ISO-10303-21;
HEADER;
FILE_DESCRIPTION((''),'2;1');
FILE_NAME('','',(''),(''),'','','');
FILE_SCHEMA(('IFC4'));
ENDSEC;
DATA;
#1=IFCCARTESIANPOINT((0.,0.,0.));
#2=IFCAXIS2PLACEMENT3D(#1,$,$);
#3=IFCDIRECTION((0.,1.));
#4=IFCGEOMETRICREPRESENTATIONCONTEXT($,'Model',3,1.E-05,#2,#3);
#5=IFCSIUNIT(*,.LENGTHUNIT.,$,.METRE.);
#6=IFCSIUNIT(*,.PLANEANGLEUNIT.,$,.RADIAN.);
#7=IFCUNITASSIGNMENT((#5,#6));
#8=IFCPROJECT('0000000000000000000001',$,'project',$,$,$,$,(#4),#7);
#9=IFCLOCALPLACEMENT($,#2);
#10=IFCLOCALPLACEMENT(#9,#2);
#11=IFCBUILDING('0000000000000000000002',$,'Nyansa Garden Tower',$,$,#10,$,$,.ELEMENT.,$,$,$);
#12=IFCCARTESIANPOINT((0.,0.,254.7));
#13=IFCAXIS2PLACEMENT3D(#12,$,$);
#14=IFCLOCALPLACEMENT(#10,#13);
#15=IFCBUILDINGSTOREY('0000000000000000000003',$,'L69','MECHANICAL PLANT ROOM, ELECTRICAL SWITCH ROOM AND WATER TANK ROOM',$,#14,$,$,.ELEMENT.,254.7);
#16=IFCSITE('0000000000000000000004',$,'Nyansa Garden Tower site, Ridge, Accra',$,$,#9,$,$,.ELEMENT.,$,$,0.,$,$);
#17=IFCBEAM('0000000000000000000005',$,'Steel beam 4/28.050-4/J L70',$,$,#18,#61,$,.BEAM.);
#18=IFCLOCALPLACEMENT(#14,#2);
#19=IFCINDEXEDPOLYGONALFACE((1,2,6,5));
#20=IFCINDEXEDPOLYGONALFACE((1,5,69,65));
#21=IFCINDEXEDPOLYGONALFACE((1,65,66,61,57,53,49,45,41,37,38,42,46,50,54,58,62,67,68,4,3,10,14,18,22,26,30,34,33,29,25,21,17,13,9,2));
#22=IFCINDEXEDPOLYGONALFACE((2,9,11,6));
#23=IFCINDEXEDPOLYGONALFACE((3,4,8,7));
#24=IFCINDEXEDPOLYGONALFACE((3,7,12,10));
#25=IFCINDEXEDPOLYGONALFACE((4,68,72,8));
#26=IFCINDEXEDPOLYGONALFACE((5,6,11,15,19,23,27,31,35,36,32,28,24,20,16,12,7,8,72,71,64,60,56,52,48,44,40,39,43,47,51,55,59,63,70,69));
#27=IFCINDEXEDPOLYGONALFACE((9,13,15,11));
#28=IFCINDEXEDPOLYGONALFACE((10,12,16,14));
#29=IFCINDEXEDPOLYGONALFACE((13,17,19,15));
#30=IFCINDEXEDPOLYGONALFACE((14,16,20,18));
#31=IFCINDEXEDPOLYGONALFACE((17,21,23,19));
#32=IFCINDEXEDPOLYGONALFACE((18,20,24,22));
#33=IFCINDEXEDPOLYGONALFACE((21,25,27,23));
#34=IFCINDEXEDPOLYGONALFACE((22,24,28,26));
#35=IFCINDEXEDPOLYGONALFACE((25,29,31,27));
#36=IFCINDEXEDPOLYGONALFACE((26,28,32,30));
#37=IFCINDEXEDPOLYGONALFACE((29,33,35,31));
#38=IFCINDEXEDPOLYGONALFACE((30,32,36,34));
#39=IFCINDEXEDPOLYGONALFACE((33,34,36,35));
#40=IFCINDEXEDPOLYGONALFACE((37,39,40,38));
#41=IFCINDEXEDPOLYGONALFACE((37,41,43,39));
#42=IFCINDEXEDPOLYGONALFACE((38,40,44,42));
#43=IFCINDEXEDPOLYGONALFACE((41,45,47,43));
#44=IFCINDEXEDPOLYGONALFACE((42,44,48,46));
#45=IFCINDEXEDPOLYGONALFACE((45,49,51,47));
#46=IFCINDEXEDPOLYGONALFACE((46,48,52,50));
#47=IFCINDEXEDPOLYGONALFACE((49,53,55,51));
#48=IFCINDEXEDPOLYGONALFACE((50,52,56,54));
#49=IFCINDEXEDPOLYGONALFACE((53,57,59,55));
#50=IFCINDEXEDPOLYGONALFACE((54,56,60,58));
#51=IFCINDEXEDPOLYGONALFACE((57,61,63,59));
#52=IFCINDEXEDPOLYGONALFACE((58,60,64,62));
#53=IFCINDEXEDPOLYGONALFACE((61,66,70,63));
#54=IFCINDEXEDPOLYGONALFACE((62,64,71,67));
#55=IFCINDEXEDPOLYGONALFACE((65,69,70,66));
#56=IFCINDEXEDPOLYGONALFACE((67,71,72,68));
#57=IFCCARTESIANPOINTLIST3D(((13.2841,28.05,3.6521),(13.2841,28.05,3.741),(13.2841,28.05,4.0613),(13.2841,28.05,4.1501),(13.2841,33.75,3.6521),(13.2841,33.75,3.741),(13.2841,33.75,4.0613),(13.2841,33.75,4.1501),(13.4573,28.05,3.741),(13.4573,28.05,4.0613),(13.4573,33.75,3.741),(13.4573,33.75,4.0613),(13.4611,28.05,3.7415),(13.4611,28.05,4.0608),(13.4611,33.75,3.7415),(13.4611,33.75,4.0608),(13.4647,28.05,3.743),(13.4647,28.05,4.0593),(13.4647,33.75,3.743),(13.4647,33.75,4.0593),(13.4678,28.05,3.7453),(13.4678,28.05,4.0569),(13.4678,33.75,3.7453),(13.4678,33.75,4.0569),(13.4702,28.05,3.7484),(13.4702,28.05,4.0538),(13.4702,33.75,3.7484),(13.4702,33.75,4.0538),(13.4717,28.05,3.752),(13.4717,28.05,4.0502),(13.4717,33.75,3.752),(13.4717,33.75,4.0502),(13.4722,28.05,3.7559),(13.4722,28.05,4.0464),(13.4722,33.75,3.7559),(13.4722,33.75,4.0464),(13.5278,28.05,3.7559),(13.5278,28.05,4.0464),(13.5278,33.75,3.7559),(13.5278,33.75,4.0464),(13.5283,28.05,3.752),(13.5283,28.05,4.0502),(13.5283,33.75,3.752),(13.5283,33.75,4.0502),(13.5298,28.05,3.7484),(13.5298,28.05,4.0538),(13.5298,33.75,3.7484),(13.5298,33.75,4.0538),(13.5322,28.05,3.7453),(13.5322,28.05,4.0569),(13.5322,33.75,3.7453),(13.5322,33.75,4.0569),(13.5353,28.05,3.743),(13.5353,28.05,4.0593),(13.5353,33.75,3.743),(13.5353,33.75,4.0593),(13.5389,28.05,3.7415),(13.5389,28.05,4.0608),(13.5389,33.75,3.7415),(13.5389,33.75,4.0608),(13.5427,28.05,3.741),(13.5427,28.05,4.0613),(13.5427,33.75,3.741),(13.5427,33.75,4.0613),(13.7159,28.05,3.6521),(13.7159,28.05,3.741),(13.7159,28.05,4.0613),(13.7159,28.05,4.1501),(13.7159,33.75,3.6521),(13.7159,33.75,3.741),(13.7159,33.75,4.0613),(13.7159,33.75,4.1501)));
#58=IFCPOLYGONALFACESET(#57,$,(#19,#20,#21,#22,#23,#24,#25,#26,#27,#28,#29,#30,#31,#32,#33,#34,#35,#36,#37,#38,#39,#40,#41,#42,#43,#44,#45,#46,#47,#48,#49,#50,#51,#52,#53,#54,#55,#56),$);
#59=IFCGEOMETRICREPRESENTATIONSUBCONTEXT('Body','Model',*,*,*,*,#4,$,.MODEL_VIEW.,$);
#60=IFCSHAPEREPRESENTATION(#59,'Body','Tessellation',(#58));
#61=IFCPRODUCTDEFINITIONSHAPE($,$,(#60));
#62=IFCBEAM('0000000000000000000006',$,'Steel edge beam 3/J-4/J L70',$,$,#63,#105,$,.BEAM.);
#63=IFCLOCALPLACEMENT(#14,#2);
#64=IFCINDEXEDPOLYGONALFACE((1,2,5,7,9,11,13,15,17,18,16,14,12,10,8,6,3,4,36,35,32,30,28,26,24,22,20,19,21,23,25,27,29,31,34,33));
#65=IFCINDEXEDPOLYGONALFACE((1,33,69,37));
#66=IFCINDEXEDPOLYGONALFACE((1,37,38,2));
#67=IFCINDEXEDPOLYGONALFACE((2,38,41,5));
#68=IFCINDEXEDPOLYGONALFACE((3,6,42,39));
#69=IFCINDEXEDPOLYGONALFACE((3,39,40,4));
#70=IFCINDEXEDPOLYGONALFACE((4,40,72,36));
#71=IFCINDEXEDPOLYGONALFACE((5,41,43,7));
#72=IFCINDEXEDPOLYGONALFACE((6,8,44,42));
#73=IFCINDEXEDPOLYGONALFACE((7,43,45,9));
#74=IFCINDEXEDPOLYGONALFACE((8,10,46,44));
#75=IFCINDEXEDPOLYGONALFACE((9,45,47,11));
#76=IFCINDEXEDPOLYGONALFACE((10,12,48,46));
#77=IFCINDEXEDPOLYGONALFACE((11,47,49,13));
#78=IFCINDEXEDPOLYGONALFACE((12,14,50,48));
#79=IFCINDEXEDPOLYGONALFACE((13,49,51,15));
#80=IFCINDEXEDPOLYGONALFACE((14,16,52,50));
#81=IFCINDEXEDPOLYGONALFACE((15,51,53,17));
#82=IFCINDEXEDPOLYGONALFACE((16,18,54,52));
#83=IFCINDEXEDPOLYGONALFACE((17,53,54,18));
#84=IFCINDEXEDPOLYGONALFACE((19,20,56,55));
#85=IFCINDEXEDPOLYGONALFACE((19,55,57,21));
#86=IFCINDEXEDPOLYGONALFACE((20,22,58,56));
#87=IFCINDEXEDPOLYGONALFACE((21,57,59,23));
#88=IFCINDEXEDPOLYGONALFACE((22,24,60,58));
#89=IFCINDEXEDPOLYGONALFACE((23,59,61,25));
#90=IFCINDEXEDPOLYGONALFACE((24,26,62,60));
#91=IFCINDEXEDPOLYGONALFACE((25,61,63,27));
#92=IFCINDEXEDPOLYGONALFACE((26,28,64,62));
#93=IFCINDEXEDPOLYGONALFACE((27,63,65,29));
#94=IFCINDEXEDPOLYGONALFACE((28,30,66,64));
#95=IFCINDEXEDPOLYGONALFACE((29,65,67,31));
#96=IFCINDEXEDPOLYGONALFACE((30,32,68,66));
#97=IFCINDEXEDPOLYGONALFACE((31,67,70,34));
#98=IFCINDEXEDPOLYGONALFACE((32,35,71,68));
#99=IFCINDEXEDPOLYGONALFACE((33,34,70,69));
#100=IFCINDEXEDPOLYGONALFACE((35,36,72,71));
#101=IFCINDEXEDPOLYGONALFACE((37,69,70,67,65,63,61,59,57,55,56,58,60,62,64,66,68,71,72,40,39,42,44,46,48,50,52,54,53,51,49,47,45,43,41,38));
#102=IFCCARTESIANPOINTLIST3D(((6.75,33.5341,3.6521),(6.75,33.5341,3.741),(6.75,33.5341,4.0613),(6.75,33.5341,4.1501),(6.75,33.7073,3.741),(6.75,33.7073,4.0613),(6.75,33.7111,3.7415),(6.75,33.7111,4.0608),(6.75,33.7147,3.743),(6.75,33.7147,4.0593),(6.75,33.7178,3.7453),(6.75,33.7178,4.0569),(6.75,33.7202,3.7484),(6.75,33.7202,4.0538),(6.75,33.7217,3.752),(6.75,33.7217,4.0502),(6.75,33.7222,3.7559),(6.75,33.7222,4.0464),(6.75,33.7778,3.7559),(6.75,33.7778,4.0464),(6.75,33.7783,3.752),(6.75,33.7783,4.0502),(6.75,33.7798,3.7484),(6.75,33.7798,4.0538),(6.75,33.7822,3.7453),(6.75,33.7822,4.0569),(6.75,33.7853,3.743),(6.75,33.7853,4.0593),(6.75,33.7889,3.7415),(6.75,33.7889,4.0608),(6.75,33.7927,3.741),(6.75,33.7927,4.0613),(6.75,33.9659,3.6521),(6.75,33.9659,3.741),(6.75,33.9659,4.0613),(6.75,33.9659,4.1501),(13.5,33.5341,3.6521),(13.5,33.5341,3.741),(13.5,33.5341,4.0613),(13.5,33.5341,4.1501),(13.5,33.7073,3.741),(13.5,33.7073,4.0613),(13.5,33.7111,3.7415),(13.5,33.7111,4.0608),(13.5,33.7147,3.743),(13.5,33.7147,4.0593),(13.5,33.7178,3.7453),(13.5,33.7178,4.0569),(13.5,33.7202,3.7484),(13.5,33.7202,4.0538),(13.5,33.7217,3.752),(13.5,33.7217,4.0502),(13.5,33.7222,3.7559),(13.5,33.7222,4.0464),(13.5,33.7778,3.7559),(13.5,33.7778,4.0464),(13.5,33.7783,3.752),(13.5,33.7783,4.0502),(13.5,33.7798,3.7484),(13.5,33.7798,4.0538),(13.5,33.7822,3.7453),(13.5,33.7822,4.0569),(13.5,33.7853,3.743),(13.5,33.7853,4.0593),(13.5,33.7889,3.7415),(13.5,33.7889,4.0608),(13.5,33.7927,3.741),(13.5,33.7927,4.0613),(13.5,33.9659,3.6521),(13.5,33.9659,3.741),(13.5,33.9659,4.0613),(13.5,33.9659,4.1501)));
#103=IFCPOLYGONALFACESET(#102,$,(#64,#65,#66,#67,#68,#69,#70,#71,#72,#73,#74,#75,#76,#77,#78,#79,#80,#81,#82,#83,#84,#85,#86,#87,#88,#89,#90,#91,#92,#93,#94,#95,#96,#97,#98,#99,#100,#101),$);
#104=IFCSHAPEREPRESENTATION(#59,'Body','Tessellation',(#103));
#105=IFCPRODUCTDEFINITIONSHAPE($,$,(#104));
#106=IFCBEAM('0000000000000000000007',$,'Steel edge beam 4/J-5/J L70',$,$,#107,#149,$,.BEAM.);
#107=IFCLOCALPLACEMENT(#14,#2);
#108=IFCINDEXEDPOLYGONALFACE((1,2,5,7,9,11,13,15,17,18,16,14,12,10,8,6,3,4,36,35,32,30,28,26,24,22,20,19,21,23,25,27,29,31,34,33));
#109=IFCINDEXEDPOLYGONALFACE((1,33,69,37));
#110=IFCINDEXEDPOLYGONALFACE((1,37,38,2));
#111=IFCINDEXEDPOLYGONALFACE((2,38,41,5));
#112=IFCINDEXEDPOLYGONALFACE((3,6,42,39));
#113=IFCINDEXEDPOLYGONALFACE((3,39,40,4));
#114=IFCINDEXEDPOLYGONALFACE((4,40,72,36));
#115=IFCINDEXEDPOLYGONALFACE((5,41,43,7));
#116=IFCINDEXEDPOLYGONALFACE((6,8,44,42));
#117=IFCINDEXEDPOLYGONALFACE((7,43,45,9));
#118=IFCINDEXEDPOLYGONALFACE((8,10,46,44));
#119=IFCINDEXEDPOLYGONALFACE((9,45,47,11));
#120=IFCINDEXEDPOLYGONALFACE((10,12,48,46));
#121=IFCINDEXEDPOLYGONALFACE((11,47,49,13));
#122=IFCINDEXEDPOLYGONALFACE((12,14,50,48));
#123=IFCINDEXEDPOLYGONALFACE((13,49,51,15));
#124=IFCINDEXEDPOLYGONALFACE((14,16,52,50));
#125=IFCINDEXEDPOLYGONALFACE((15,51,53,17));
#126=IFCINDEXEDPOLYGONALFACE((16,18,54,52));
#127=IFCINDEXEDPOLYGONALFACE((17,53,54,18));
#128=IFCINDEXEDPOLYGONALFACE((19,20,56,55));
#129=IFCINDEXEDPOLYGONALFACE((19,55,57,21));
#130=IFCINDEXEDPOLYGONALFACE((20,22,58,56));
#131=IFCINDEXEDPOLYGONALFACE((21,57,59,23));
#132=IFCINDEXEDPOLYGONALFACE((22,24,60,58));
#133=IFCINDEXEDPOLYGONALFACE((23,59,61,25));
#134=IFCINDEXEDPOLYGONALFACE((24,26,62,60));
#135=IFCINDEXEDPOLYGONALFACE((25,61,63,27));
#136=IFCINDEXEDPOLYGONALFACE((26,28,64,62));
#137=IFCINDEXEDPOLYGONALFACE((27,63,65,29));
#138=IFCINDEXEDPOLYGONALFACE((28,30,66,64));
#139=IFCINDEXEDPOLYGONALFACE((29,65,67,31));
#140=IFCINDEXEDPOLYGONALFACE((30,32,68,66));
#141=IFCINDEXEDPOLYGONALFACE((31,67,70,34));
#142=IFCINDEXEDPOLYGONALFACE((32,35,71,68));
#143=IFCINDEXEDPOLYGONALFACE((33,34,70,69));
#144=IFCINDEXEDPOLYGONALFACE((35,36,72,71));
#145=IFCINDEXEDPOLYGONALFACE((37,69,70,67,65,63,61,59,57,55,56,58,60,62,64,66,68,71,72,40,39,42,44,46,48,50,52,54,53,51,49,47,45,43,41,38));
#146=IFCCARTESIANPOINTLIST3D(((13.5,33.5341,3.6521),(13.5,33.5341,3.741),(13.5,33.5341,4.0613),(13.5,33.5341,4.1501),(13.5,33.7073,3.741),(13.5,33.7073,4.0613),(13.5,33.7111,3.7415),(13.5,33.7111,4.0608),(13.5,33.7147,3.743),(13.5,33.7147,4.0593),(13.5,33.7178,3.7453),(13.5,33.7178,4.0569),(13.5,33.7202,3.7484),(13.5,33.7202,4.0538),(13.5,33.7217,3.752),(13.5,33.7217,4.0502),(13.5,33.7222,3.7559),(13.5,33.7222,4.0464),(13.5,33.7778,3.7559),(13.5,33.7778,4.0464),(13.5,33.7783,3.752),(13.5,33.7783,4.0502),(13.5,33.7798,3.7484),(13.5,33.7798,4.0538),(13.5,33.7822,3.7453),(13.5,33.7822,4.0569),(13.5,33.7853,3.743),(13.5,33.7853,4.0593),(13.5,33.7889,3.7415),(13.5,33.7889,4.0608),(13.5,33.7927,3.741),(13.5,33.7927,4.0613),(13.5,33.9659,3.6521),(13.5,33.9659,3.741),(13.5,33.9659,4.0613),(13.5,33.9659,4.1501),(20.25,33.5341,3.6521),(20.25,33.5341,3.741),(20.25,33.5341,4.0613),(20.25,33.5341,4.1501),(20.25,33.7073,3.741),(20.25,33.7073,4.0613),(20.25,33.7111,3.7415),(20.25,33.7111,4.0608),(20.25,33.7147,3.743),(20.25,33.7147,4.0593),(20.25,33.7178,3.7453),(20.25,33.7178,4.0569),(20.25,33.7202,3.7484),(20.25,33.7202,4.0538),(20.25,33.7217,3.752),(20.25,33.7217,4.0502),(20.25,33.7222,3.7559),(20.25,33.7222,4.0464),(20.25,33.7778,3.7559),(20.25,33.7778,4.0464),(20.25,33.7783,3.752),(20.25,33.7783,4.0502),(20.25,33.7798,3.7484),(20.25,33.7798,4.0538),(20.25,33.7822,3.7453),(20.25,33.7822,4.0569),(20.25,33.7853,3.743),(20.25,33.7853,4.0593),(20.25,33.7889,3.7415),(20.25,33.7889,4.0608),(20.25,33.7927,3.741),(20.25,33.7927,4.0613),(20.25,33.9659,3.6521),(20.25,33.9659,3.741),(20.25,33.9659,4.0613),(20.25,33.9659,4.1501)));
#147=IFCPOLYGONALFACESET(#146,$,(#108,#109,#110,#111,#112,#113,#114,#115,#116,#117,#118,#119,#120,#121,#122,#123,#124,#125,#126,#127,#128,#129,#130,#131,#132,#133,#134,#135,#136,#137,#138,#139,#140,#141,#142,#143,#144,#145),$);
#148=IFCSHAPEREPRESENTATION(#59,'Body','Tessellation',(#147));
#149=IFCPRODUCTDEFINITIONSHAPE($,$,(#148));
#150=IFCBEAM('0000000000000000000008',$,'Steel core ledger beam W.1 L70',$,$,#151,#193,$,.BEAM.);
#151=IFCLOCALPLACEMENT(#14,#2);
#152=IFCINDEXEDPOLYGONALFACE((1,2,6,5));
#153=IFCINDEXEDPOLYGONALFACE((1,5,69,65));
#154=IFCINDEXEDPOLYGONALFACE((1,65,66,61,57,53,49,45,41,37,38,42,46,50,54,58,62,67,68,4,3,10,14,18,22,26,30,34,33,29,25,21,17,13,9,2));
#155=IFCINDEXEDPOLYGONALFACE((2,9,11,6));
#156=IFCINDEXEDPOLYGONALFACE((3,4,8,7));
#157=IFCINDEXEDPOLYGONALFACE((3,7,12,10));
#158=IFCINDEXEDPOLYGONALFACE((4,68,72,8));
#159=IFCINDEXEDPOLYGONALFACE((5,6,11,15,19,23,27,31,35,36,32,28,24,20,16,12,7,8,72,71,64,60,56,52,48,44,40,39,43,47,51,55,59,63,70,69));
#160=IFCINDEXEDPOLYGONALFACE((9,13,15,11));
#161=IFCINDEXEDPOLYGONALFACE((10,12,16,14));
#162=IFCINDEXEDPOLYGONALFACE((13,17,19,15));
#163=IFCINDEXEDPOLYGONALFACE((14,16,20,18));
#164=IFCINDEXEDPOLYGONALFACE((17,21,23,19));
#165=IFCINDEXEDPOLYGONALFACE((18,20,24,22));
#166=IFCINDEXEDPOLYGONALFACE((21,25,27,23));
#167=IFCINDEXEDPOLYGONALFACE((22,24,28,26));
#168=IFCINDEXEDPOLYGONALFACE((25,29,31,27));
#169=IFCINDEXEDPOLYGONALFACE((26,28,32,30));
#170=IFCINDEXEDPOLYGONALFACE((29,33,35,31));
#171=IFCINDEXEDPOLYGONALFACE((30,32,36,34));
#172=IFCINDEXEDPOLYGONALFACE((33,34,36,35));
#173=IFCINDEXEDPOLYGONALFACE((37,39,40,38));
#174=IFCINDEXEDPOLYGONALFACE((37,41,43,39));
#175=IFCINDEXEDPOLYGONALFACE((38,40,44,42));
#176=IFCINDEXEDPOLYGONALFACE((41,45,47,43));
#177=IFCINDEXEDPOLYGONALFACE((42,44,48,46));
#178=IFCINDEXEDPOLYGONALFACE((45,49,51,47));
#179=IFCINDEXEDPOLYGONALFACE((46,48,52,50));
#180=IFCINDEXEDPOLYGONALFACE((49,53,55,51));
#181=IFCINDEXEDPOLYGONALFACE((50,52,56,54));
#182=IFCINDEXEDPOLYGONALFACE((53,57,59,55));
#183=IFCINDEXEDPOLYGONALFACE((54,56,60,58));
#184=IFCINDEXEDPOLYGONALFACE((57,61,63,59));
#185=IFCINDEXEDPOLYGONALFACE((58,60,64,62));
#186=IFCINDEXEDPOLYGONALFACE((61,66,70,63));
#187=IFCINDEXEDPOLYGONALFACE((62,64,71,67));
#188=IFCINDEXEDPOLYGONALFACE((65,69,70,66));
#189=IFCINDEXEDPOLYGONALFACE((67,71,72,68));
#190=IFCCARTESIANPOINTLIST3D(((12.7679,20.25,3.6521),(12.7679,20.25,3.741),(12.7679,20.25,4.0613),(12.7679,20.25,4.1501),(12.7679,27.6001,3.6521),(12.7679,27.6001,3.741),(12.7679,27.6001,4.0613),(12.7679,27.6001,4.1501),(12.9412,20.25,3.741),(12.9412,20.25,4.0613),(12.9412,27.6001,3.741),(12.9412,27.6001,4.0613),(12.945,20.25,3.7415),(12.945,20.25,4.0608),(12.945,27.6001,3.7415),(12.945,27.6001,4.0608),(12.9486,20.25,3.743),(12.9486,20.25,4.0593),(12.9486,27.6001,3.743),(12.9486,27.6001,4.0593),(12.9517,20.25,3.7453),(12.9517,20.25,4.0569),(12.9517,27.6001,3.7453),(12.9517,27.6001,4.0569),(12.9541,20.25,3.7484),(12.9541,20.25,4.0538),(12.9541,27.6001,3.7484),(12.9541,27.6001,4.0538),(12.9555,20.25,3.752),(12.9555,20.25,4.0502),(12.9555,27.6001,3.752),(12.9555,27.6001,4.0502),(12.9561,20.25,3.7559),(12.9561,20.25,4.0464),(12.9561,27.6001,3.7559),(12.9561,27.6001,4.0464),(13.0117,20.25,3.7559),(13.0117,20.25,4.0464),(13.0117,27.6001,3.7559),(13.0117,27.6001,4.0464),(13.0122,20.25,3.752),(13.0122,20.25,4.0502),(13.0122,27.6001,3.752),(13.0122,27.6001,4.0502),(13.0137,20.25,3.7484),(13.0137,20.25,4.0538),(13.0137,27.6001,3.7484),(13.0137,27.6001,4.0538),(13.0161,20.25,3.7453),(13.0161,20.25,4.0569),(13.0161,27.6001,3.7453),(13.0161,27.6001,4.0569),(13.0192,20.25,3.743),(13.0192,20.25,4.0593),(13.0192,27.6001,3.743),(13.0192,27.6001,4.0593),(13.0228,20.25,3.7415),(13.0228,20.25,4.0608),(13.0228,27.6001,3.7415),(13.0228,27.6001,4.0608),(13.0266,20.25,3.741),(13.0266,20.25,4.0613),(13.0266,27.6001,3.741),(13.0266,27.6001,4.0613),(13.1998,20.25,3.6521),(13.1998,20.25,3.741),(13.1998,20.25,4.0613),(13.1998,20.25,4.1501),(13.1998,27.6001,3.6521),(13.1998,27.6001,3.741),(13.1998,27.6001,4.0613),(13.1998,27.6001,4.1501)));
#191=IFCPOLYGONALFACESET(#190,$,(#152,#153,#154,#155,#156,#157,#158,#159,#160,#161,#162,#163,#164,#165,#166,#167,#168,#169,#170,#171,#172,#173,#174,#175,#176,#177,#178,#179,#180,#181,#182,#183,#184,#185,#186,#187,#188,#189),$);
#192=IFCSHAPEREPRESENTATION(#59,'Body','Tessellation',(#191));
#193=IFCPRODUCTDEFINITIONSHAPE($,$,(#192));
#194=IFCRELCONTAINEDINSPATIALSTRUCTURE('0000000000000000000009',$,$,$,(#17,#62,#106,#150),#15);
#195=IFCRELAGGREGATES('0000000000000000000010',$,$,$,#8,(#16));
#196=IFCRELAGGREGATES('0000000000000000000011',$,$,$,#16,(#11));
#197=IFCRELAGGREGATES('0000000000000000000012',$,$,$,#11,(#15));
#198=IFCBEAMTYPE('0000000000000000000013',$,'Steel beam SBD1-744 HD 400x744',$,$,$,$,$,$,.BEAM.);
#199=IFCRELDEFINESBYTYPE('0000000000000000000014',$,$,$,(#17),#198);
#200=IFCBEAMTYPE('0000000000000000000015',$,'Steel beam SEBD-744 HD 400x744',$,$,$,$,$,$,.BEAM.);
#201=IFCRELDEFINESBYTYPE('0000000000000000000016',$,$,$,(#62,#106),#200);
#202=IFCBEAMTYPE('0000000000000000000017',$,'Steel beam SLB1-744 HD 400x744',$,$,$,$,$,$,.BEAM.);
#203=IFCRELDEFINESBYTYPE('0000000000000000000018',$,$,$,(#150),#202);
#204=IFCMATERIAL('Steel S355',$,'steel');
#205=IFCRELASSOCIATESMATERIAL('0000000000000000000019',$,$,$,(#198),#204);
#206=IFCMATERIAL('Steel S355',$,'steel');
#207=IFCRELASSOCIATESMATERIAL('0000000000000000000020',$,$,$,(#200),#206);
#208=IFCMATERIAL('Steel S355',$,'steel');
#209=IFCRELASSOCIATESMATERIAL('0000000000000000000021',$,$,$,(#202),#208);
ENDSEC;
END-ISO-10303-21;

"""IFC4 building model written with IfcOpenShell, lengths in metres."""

from ifc_helpers import new_model, si_unit, direction, frame, origin, origin_2d, place, context, subcontext, project, spatial, i_section, extrude, material, material_profile, profile_set, type_object, element, save


model = new_model("IFC4")

# Units and contexts
model_context = context("Model", 3, precision=1e-05, world=origin(), true_north=direction((0.0, 1.0)))
body_context = subcontext(model_context, "Body", "Model", "MODEL_VIEW")
ifc_project = project(units=[si_unit("LENGTHUNIT", "METRE"), si_unit("PLANEANGLEUNIT", "RADIAN")], contexts=[model_context])

# Site, building, storey
site_placement = place(None, origin())
site = spatial("IfcSite", under=ifc_project, at=site_placement, Name="Nyansa Garden Tower site, Ridge, Accra", CompositionType="ELEMENT", RefElevation=0.0)
building_placement = place(site_placement, origin())
building = spatial("IfcBuilding", under=site, at=building_placement, Name="Nyansa Garden Tower", CompositionType="ELEMENT")
storey_placement = place(building_placement, frame((0.0, 0.0, 254.7)))
storey = spatial("IfcBuildingStorey", under=building, at=storey_placement, Name="L69", Description="MECHANICAL PLANT ROOM, ELECTRICAL SWITCH ROOM AND WATER TANK ROOM", CompositionType="ELEMENT", Elevation=254.7)

# Beams
ifc_material_1 = material(Name="Steel S355", Category="steel")
ifc_material_profile_1 = material_profile(ifc_material_1, i_section(OverallWidth=0.4319, OverallDepth=0.498, WebThickness=0.0557, FlangeThickness=0.0889, FilletRadius=0.0149, at=origin_2d()), Name="HD 400x744")
ifc_profile_set_1 = profile_set([ifc_material_profile_1], Name="Steel S355")
beam_type_1 = type_object("IfcBeamType", Name="Steel beam SBD1-744 HD 400x744", PredefinedType="BEAM", material=ifc_profile_set_1)
beam_placement = place(storey_placement, frame((13.5, 28.05, 3.9011), z_axis=(0.0, 1.0, 0.0), x_axis=(-1.0, 0.0, 0.0)))
element("IfcBeam", 1, at=beam_placement, inside=storey, type_object=beam_type_1, Name="Steel beam 4/28.050-4/J L70", PredefinedType="BEAM", context=body_context, shape_type="SweptSolid", body=[
    extrude(i_section(OverallWidth=0.4319, OverallDepth=0.498, WebThickness=0.0557, FlangeThickness=0.0889, FilletRadius=0.0149, at=origin_2d()), origin(), (0.0, 0.0, 1.0), 5.7),
])
ifc_material_2 = material(Name="Steel S355", Category="steel")
ifc_material_profile_2 = material_profile(ifc_material_2, i_section(OverallWidth=0.4319, OverallDepth=0.498, WebThickness=0.0557, FlangeThickness=0.0889, FilletRadius=0.0149, at=origin_2d()), Name="HD 400x744")
ifc_profile_set_2 = profile_set([ifc_material_profile_2], Name="Steel S355")
beam_type_2 = type_object("IfcBeamType", Name="Steel beam SEBD-744 HD 400x744", PredefinedType="BEAM", material=ifc_profile_set_2)
for number, where, z_axis, x_axis, name in (
    (2, (6.75, 33.75, 3.9011), (1.0, 0.0, 0.0), (0.0, 1.0, 0.0), "Steel edge beam 3/J-4/J L70"),
    (3, (13.5, 33.75, 3.9011), (1.0, 0.0, 0.0), (0.0, 1.0, 0.0), "Steel edge beam 4/J-5/J L70"),
):
    element("IfcBeam", number, at=place(storey_placement, frame(where, z_axis=z_axis, x_axis=x_axis)), inside=storey, type_object=beam_type_2, Name=name, PredefinedType="BEAM", context=body_context, shape_type="SweptSolid", body=[
        extrude(i_section(OverallWidth=0.4319, OverallDepth=0.498, WebThickness=0.0557, FlangeThickness=0.0889, FilletRadius=0.0149, at=origin_2d()), origin(), (0.0, 0.0, 1.0), 6.75),
    ])
ifc_material_3 = material(Name="Steel S355", Category="steel")
ifc_material_profile_3 = material_profile(ifc_material_3, i_section(OverallWidth=0.4319, OverallDepth=0.498, WebThickness=0.0557, FlangeThickness=0.0889, FilletRadius=0.0149, at=origin_2d()), Name="HD 400x744")
ifc_profile_set_3 = profile_set([ifc_material_profile_3], Name="Steel S355")
beam_type_3 = type_object("IfcBeamType", Name="Steel beam SLB1-744 HD 400x744", PredefinedType="BEAM", material=ifc_profile_set_3)
for number, where, z_axis, x_axis, name in (
    (4, (12.9839, 27.6001, 3.9011), (0.0, -1.0, 0.0), (1.0, 0.0, 0.0), "Steel core ledger beam W.1 L70"),
):
    element("IfcBeam", number, at=place(storey_placement, frame(where, z_axis=z_axis, x_axis=x_axis)), inside=storey, type_object=beam_type_3, Name=name, PredefinedType="BEAM", context=body_context, shape_type="SweptSolid", body=[
        extrude(i_section(OverallWidth=0.4319, OverallDepth=0.498, WebThickness=0.0557, FlangeThickness=0.0889, FilletRadius=0.0149, at=origin_2d()), origin(), (0.0, 0.0, 1.0), 7.3501),
    ])

save(model, "model.ifc")
